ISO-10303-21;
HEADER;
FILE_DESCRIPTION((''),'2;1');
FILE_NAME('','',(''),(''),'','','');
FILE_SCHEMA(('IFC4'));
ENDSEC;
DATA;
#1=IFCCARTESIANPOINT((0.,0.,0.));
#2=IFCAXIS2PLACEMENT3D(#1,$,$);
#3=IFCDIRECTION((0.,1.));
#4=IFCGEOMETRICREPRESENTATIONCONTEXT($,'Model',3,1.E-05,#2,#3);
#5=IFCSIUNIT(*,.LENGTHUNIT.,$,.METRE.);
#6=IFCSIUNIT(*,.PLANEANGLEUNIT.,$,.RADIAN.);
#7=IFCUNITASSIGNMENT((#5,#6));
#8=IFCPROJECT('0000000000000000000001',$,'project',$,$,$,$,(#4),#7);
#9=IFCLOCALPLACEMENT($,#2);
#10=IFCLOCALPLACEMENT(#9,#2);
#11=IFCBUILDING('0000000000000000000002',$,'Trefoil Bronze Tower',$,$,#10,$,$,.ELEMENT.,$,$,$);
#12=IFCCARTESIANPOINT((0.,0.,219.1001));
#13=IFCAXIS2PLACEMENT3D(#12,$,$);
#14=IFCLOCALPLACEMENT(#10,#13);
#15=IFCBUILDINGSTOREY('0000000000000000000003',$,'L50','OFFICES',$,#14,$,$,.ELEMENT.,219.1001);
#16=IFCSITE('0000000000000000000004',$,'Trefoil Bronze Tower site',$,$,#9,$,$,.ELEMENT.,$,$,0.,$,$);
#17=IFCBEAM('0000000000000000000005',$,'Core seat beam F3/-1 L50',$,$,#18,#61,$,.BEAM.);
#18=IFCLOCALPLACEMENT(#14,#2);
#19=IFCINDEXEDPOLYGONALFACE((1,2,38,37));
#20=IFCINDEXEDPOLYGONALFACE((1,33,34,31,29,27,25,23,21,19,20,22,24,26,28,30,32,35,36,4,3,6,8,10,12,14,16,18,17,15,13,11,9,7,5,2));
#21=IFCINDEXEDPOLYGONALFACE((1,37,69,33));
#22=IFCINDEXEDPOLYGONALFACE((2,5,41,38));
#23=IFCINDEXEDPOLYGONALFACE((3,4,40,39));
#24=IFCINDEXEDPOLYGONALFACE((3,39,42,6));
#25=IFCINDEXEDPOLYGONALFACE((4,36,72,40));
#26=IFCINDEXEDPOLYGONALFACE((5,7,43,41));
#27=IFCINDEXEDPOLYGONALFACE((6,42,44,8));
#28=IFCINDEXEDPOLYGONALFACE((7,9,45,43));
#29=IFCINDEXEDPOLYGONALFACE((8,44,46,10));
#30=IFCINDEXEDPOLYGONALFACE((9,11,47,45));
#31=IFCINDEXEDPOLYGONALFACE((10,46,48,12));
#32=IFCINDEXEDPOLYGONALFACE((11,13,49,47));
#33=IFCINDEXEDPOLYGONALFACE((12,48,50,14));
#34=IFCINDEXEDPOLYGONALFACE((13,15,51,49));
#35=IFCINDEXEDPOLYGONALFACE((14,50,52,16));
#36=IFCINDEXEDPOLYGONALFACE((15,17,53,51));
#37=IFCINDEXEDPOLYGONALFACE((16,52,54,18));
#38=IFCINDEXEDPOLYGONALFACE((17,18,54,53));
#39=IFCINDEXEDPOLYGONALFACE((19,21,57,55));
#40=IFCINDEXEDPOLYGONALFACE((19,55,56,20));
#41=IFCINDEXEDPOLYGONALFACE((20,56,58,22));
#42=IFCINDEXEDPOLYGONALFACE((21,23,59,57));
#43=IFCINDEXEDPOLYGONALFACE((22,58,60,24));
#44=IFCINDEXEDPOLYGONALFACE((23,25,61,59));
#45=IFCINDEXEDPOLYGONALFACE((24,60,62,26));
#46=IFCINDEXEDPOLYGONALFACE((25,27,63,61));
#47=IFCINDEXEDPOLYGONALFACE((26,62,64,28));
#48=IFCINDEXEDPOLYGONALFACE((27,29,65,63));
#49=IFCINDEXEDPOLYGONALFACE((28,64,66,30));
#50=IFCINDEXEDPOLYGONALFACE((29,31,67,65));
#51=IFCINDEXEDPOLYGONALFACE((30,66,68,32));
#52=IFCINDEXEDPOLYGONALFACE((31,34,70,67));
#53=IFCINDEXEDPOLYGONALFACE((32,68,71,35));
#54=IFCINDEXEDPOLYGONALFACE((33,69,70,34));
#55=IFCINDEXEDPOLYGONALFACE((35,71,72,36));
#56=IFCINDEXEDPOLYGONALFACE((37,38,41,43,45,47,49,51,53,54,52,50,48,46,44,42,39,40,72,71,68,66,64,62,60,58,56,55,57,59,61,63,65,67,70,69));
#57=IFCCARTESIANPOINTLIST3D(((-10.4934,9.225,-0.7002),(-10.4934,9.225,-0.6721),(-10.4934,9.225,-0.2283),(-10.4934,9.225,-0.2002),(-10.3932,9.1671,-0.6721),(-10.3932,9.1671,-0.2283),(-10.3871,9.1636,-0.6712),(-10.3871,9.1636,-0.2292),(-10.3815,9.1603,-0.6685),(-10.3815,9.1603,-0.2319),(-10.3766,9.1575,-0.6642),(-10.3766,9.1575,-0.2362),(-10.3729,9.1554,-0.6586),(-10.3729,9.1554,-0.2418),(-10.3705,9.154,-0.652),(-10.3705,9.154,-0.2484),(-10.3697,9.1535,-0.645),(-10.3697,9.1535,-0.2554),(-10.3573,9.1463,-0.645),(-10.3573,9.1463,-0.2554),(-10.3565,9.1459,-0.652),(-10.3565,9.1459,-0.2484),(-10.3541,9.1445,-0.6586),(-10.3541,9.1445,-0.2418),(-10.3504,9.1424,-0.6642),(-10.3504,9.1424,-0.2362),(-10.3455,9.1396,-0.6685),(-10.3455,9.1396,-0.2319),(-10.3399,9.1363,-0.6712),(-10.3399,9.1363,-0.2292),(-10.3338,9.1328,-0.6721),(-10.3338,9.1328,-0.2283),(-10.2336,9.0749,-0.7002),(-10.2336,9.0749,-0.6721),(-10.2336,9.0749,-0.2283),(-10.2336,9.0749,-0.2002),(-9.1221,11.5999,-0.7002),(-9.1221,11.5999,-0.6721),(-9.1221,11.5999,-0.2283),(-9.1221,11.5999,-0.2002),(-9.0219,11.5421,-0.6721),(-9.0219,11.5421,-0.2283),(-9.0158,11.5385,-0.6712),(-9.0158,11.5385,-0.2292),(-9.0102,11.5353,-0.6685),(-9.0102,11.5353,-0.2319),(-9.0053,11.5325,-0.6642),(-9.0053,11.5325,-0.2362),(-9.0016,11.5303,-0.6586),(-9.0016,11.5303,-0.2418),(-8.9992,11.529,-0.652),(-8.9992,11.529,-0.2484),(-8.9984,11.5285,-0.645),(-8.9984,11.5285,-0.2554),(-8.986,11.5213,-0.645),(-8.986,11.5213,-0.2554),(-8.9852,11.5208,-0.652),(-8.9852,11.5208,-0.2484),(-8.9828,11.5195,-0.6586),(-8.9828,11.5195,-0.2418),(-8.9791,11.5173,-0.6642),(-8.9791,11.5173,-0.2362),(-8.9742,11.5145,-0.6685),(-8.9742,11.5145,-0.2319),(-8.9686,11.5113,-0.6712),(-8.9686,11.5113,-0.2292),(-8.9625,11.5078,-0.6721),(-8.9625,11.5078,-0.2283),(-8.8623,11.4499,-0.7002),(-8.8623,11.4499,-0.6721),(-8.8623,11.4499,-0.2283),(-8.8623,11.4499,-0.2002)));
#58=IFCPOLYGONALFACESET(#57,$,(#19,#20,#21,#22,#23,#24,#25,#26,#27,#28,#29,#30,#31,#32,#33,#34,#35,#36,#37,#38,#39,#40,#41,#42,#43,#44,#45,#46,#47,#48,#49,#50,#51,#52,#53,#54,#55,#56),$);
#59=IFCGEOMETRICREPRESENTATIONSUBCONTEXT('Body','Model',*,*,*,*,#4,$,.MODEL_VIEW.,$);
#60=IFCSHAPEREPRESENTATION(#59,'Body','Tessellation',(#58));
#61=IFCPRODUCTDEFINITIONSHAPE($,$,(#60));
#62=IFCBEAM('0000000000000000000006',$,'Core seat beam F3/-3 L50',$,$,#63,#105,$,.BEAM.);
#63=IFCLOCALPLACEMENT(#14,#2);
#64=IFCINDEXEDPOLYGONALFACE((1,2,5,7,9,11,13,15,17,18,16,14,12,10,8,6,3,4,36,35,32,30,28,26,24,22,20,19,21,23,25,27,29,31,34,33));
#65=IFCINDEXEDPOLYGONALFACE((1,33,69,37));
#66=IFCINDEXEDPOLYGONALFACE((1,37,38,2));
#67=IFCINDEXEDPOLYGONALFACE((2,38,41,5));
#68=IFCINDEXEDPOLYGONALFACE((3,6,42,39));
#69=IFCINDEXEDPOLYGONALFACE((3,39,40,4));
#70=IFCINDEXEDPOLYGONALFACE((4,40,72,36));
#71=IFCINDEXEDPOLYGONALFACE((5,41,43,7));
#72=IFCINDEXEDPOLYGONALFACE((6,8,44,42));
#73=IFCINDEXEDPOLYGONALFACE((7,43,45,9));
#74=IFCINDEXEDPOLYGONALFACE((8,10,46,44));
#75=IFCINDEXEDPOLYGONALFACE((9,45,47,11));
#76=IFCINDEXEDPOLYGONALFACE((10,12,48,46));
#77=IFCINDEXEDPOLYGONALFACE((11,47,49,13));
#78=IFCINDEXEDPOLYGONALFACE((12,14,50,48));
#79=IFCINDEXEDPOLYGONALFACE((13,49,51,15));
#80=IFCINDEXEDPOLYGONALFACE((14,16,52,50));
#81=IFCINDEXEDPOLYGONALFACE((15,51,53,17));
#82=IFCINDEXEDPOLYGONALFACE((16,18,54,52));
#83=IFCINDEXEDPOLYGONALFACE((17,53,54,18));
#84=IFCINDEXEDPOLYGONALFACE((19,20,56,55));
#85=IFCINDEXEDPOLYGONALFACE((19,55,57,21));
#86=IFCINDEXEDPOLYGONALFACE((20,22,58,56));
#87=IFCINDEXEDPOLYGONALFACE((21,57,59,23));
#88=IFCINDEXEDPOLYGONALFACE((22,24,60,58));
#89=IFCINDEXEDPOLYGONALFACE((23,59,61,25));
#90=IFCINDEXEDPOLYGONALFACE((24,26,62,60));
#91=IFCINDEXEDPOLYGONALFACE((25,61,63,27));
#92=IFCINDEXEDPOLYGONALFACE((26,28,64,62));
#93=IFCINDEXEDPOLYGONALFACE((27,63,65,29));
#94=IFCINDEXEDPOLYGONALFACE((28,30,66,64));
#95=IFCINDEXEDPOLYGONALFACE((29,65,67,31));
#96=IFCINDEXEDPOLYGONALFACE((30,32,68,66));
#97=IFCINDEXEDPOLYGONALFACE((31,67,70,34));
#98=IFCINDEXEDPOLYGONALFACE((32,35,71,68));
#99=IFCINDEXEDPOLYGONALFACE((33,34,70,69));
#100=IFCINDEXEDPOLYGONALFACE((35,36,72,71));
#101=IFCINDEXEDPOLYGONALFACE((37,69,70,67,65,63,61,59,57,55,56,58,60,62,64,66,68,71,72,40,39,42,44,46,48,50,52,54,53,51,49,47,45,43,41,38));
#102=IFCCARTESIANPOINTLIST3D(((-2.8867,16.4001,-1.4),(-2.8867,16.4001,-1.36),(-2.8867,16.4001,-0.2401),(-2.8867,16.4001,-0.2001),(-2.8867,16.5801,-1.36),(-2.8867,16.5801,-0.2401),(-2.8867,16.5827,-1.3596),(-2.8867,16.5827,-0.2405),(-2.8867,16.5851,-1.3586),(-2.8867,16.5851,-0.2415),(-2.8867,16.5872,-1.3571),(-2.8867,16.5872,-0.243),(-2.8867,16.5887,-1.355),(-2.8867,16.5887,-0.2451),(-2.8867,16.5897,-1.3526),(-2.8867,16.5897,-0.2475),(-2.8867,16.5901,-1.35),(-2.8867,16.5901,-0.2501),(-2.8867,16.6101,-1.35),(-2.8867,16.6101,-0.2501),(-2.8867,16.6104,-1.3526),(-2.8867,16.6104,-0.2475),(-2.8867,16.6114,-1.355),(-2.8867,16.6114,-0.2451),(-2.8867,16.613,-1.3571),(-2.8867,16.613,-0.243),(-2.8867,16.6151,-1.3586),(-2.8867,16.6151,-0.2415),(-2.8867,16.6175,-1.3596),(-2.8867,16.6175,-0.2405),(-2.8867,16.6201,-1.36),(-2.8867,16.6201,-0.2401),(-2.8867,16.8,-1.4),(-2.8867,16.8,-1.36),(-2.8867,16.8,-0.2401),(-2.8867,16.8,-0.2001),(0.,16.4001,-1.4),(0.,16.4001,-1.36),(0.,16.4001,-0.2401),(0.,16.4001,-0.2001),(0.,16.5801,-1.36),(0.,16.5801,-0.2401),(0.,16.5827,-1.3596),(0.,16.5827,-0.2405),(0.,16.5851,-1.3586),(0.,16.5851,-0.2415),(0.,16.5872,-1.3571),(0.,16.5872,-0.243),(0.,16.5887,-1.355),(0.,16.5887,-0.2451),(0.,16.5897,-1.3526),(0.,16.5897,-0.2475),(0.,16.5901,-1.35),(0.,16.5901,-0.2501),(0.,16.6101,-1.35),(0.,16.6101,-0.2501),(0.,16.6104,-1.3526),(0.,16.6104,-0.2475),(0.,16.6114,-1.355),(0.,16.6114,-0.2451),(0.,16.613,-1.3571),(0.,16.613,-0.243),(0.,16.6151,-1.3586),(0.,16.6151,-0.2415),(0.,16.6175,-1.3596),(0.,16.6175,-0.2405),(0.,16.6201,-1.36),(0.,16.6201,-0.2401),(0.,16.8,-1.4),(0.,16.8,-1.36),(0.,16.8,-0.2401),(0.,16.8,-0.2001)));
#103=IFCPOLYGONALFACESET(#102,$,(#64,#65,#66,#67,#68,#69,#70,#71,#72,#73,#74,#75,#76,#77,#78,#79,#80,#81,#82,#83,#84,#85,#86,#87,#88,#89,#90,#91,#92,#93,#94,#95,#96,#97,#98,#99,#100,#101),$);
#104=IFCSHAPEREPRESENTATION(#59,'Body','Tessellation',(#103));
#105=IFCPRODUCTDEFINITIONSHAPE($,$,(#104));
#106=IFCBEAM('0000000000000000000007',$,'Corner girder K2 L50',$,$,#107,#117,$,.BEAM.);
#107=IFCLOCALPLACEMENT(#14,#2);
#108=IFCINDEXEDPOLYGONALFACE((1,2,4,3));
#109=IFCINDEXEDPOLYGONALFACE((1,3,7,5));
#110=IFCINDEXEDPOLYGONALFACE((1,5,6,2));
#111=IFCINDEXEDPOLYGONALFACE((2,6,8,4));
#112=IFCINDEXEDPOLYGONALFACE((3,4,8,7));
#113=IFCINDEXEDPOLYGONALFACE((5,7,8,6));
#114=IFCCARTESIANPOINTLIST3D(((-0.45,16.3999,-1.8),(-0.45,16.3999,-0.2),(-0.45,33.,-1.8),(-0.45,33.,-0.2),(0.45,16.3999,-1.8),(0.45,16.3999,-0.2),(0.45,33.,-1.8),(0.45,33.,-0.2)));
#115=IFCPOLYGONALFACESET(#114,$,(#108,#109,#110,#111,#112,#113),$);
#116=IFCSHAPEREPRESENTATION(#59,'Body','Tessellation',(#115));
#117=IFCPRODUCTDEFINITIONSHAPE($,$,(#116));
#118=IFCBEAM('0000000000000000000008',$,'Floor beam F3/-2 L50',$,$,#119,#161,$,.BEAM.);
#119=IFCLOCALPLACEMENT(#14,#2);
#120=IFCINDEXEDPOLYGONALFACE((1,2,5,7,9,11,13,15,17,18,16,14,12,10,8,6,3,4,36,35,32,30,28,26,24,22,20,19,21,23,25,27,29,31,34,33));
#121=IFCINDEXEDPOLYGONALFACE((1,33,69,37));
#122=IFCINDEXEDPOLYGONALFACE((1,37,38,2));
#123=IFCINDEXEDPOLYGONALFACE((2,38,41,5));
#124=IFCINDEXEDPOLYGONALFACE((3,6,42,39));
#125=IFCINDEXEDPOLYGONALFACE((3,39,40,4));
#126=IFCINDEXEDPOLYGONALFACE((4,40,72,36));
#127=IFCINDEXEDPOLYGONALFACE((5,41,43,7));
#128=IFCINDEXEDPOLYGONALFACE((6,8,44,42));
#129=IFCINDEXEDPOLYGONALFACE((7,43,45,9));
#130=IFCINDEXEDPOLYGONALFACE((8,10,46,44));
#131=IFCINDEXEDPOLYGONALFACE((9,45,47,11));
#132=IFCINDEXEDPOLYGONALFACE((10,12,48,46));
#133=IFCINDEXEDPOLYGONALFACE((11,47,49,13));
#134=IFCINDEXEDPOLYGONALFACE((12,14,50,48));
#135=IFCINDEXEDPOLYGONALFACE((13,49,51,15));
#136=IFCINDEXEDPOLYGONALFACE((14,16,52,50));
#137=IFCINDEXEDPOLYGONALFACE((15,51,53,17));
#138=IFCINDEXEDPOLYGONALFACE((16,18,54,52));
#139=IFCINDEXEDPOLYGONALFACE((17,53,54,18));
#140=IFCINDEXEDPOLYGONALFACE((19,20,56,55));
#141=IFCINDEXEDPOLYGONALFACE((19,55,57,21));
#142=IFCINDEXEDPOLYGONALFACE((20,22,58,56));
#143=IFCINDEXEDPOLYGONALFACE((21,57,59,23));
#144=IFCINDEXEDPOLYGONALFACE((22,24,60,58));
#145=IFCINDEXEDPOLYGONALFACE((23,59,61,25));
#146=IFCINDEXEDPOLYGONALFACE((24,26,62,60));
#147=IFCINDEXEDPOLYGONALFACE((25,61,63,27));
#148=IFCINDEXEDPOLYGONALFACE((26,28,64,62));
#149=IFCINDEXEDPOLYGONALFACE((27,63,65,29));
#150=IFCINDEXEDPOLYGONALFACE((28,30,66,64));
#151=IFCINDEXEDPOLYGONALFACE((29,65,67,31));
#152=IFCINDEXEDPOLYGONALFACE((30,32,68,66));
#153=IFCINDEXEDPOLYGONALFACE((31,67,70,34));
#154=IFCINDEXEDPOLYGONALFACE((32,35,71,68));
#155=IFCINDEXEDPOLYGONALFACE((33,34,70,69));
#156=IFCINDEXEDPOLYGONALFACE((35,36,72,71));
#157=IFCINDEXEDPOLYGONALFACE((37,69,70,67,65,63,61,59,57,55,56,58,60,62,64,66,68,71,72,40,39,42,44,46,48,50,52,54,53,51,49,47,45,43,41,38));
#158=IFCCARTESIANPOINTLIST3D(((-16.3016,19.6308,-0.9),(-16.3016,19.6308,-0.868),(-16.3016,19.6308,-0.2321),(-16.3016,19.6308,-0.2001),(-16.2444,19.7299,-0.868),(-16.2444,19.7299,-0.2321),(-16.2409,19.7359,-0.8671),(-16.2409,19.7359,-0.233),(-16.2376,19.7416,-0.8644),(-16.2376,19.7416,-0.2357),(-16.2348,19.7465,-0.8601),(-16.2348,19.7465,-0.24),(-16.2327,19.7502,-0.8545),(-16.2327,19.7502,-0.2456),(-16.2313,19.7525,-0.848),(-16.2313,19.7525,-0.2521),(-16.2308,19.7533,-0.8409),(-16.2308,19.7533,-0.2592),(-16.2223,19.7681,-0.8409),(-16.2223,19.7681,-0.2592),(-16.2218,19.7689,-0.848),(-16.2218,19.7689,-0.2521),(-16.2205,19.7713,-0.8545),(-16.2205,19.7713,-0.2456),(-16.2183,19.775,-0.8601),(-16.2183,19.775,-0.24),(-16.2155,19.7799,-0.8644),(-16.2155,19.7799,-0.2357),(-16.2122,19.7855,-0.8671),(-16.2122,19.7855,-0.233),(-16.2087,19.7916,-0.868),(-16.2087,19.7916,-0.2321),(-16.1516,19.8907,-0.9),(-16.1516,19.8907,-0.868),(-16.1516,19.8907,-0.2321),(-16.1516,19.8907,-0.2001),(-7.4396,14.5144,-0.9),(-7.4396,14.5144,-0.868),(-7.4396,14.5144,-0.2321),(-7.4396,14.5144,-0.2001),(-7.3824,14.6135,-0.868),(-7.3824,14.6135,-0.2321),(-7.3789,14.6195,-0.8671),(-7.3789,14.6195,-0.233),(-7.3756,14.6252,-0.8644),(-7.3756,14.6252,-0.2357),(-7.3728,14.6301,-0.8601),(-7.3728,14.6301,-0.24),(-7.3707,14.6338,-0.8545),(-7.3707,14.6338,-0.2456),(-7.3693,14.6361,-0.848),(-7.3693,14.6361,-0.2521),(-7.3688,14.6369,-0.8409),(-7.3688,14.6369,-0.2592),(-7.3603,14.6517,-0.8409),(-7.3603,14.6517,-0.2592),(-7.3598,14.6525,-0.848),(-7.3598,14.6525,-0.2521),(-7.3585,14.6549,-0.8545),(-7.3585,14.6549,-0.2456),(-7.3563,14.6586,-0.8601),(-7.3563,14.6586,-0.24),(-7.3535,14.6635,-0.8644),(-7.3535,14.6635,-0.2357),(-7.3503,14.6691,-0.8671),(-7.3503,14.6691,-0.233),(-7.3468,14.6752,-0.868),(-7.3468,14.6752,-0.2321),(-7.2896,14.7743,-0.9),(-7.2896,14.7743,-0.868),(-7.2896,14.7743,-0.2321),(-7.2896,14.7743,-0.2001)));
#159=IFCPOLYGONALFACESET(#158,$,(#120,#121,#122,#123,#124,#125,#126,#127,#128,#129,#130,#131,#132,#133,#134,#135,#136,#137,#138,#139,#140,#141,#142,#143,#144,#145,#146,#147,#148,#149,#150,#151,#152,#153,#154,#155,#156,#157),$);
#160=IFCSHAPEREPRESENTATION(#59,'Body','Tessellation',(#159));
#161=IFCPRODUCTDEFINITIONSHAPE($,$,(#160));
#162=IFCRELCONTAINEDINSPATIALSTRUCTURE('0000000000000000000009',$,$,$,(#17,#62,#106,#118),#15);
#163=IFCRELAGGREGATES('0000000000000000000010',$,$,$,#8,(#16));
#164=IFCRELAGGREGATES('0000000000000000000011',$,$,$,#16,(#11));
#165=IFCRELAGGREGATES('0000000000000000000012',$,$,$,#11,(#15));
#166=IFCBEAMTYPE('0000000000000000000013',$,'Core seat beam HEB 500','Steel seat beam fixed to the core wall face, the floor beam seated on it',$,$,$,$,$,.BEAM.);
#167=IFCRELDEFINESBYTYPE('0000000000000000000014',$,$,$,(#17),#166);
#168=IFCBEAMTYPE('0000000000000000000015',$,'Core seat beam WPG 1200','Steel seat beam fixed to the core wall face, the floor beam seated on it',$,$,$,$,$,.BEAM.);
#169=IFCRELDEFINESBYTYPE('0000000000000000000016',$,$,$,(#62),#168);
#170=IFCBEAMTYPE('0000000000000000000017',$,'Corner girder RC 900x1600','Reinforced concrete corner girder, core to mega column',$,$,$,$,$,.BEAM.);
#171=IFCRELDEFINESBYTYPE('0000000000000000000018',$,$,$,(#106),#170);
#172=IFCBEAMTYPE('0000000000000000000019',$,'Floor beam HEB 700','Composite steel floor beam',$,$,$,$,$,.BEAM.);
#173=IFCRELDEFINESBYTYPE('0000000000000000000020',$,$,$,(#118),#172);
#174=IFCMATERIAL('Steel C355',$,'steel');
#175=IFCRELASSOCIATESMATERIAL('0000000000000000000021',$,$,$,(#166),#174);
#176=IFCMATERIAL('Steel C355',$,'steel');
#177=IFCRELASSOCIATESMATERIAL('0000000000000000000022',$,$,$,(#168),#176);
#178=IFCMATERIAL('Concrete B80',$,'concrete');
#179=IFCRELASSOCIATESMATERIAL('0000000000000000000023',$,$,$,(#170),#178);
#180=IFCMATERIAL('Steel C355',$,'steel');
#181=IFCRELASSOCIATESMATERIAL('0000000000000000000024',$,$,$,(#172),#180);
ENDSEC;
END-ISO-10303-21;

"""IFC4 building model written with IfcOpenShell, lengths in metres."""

from ifc_helpers import new_model, si_unit, direction, frame, origin, origin_2d, place, context, subcontext, project, spatial, rectangle, i_section, extrude, material, material_profile, profile_set, type_object, element, save


model = new_model("IFC4")

# Units and contexts
model_context = context("Model", 3, precision=1e-05, world=origin(), true_north=direction((0.0, 1.0)))
body_context = subcontext(model_context, "Body", "Model", "MODEL_VIEW")
ifc_project = project(units=[si_unit("LENGTHUNIT", "METRE"), si_unit("PLANEANGLEUNIT", "RADIAN")], contexts=[model_context])

# Site, building, storey
site_placement = place(None, origin())
site = spatial("IfcSite", under=ifc_project, at=site_placement, Name="Trefoil Bronze Tower site", CompositionType="ELEMENT", RefElevation=0.0)
building_placement = place(site_placement, origin())
building = spatial("IfcBuilding", under=site, at=building_placement, Name="Trefoil Bronze Tower", CompositionType="ELEMENT")
storey_placement = place(building_placement, frame((0.0, 0.0, 219.1001)))
storey = spatial("IfcBuildingStorey", under=building, at=storey_placement, Name="L50", Description="OFFICES", CompositionType="ELEMENT", Elevation=219.1001)

# Beams
ifc_material_1 = material(Name="Steel C355", Category="steel")
ifc_material_profile_1 = material_profile(ifc_material_1, i_section(OverallWidth=0.3, OverallDepth=0.5, WebThickness=0.0144, FlangeThickness=0.0281, FilletRadius=0.0271, at=origin_2d()), Name="HEB 500")
ifc_profile_set_1 = profile_set([ifc_material_profile_1], Name="Steel C355")
beam_type_1 = type_object("IfcBeamType", Name="Core seat beam HEB 500", Description="Steel seat beam fixed to the core wall face, the floor beam seated on it", PredefinedType="BEAM", material=ifc_profile_set_1)
for number, where, z_axis, x_axis, name in (
    (1, (-8.9922, 11.5249, -0.4502), (-0.500036, -0.866005, 0.0), (0.866005, -0.500036, 0.0), "Core seat beam F3/-1 L50"),
):
    element("IfcBeam", number, at=place(storey_placement, frame(where, z_axis=z_axis, x_axis=x_axis)), inside=storey, type_object=beam_type_1, Name=name, PredefinedType="BEAM", context=body_context, shape_type="SweptSolid", body=[
        extrude(i_section(OverallWidth=0.3, OverallDepth=0.5, WebThickness=0.0144, FlangeThickness=0.0281, FilletRadius=0.0271, at=origin_2d()), origin(), (0.0, 0.0, 1.0), 2.7424),
    ])
ifc_material_2 = material(Name="Steel C355", Category="steel")
ifc_material_profile_2 = material_profile(ifc_material_2, i_section(OverallWidth=0.3999, OverallDepth=1.2, WebThickness=0.02, FlangeThickness=0.04, FilletRadius=0.01, at=origin_2d()), Name="WPG 1200")
ifc_profile_set_2 = profile_set([ifc_material_profile_2], Name="Steel C355")
beam_type_2 = type_object("IfcBeamType", Name="Core seat beam WPG 1200", Description="Steel seat beam fixed to the core wall face, the floor beam seated on it", PredefinedType="BEAM", material=ifc_profile_set_2)
beam_1_placement = place(storey_placement, frame((0.0, 16.6001, -0.8), z_axis=(-1.0, 0.0, 0.0), x_axis=(0.0, -1.0, 0.0)))
element("IfcBeam", 2, at=beam_1_placement, inside=storey, type_object=beam_type_2, Name="Core seat beam F3/-3 L50", PredefinedType="BEAM", context=body_context, shape_type="SweptSolid", body=[
    extrude(i_section(OverallWidth=0.3999, OverallDepth=1.2, WebThickness=0.02, FlangeThickness=0.04, FilletRadius=0.01, at=origin_2d()), origin(), (0.0, 0.0, 1.0), 2.8867),
])
ifc_material_3 = material(Name="Concrete B80", Category="concrete")
ifc_material_profile_3 = material_profile(ifc_material_3, rectangle(XDim=0.8999, YDim=1.6001, at=origin_2d()), Name="RC 900x1600")
ifc_profile_set_3 = profile_set([ifc_material_profile_3], Name="Concrete B80")
beam_type_3 = type_object("IfcBeamType", Name="Corner girder RC 900x1600", Description="Reinforced concrete corner girder, core to mega column", PredefinedType="BEAM", material=ifc_profile_set_3)
beam_2_placement = place(storey_placement, frame((0.0, 16.3999, -1.0), z_axis=(0.0, 1.0, 0.0), x_axis=(-1.0, 0.0, 0.0)))
element("IfcBeam", 3, at=beam_2_placement, inside=storey, type_object=beam_type_3, Name="Corner girder K2 L50", PredefinedType="BEAM", context=body_context, shape_type="SweptSolid", body=[
    extrude(rectangle(XDim=0.8999, YDim=1.6001, at=origin_2d()), origin(), (0.0, 0.0, 1.0), 16.6001),
])
ifc_material_4 = material(Name="Steel C355", Category="steel")
ifc_material_profile_4 = material_profile(ifc_material_4, i_section(OverallWidth=0.3, OverallDepth=0.7, WebThickness=0.0171, FlangeThickness=0.032, FilletRadius=0.0271, at=origin_2d()), Name="HEB 700")
ifc_profile_set_4 = profile_set([ifc_material_profile_4], Name="Steel C355")
beam_type_4 = type_object("IfcBeamType", Name="Floor beam HEB 700", Description="Composite steel floor beam", PredefinedType="BEAM", material=ifc_profile_set_4)
beam_3_placement = place(storey_placement, frame((-16.2266, 19.7607, -0.55), z_axis=(0.866028, -0.499996, 0.0), x_axis=(0.499996, 0.866028, 0.0)))
element("IfcBeam", 4, at=beam_3_placement, inside=storey, type_object=beam_type_4, Name="Floor beam F3/-2 L50", PredefinedType="BEAM", context=body_context, shape_type="SweptSolid", body=[
    extrude(i_section(OverallWidth=0.3, OverallDepth=0.7, WebThickness=0.0171, FlangeThickness=0.032, FilletRadius=0.0271, at=origin_2d()), origin(), (0.0, 0.0, 1.0), 10.2329),
])

save(model, "model.ifc")
